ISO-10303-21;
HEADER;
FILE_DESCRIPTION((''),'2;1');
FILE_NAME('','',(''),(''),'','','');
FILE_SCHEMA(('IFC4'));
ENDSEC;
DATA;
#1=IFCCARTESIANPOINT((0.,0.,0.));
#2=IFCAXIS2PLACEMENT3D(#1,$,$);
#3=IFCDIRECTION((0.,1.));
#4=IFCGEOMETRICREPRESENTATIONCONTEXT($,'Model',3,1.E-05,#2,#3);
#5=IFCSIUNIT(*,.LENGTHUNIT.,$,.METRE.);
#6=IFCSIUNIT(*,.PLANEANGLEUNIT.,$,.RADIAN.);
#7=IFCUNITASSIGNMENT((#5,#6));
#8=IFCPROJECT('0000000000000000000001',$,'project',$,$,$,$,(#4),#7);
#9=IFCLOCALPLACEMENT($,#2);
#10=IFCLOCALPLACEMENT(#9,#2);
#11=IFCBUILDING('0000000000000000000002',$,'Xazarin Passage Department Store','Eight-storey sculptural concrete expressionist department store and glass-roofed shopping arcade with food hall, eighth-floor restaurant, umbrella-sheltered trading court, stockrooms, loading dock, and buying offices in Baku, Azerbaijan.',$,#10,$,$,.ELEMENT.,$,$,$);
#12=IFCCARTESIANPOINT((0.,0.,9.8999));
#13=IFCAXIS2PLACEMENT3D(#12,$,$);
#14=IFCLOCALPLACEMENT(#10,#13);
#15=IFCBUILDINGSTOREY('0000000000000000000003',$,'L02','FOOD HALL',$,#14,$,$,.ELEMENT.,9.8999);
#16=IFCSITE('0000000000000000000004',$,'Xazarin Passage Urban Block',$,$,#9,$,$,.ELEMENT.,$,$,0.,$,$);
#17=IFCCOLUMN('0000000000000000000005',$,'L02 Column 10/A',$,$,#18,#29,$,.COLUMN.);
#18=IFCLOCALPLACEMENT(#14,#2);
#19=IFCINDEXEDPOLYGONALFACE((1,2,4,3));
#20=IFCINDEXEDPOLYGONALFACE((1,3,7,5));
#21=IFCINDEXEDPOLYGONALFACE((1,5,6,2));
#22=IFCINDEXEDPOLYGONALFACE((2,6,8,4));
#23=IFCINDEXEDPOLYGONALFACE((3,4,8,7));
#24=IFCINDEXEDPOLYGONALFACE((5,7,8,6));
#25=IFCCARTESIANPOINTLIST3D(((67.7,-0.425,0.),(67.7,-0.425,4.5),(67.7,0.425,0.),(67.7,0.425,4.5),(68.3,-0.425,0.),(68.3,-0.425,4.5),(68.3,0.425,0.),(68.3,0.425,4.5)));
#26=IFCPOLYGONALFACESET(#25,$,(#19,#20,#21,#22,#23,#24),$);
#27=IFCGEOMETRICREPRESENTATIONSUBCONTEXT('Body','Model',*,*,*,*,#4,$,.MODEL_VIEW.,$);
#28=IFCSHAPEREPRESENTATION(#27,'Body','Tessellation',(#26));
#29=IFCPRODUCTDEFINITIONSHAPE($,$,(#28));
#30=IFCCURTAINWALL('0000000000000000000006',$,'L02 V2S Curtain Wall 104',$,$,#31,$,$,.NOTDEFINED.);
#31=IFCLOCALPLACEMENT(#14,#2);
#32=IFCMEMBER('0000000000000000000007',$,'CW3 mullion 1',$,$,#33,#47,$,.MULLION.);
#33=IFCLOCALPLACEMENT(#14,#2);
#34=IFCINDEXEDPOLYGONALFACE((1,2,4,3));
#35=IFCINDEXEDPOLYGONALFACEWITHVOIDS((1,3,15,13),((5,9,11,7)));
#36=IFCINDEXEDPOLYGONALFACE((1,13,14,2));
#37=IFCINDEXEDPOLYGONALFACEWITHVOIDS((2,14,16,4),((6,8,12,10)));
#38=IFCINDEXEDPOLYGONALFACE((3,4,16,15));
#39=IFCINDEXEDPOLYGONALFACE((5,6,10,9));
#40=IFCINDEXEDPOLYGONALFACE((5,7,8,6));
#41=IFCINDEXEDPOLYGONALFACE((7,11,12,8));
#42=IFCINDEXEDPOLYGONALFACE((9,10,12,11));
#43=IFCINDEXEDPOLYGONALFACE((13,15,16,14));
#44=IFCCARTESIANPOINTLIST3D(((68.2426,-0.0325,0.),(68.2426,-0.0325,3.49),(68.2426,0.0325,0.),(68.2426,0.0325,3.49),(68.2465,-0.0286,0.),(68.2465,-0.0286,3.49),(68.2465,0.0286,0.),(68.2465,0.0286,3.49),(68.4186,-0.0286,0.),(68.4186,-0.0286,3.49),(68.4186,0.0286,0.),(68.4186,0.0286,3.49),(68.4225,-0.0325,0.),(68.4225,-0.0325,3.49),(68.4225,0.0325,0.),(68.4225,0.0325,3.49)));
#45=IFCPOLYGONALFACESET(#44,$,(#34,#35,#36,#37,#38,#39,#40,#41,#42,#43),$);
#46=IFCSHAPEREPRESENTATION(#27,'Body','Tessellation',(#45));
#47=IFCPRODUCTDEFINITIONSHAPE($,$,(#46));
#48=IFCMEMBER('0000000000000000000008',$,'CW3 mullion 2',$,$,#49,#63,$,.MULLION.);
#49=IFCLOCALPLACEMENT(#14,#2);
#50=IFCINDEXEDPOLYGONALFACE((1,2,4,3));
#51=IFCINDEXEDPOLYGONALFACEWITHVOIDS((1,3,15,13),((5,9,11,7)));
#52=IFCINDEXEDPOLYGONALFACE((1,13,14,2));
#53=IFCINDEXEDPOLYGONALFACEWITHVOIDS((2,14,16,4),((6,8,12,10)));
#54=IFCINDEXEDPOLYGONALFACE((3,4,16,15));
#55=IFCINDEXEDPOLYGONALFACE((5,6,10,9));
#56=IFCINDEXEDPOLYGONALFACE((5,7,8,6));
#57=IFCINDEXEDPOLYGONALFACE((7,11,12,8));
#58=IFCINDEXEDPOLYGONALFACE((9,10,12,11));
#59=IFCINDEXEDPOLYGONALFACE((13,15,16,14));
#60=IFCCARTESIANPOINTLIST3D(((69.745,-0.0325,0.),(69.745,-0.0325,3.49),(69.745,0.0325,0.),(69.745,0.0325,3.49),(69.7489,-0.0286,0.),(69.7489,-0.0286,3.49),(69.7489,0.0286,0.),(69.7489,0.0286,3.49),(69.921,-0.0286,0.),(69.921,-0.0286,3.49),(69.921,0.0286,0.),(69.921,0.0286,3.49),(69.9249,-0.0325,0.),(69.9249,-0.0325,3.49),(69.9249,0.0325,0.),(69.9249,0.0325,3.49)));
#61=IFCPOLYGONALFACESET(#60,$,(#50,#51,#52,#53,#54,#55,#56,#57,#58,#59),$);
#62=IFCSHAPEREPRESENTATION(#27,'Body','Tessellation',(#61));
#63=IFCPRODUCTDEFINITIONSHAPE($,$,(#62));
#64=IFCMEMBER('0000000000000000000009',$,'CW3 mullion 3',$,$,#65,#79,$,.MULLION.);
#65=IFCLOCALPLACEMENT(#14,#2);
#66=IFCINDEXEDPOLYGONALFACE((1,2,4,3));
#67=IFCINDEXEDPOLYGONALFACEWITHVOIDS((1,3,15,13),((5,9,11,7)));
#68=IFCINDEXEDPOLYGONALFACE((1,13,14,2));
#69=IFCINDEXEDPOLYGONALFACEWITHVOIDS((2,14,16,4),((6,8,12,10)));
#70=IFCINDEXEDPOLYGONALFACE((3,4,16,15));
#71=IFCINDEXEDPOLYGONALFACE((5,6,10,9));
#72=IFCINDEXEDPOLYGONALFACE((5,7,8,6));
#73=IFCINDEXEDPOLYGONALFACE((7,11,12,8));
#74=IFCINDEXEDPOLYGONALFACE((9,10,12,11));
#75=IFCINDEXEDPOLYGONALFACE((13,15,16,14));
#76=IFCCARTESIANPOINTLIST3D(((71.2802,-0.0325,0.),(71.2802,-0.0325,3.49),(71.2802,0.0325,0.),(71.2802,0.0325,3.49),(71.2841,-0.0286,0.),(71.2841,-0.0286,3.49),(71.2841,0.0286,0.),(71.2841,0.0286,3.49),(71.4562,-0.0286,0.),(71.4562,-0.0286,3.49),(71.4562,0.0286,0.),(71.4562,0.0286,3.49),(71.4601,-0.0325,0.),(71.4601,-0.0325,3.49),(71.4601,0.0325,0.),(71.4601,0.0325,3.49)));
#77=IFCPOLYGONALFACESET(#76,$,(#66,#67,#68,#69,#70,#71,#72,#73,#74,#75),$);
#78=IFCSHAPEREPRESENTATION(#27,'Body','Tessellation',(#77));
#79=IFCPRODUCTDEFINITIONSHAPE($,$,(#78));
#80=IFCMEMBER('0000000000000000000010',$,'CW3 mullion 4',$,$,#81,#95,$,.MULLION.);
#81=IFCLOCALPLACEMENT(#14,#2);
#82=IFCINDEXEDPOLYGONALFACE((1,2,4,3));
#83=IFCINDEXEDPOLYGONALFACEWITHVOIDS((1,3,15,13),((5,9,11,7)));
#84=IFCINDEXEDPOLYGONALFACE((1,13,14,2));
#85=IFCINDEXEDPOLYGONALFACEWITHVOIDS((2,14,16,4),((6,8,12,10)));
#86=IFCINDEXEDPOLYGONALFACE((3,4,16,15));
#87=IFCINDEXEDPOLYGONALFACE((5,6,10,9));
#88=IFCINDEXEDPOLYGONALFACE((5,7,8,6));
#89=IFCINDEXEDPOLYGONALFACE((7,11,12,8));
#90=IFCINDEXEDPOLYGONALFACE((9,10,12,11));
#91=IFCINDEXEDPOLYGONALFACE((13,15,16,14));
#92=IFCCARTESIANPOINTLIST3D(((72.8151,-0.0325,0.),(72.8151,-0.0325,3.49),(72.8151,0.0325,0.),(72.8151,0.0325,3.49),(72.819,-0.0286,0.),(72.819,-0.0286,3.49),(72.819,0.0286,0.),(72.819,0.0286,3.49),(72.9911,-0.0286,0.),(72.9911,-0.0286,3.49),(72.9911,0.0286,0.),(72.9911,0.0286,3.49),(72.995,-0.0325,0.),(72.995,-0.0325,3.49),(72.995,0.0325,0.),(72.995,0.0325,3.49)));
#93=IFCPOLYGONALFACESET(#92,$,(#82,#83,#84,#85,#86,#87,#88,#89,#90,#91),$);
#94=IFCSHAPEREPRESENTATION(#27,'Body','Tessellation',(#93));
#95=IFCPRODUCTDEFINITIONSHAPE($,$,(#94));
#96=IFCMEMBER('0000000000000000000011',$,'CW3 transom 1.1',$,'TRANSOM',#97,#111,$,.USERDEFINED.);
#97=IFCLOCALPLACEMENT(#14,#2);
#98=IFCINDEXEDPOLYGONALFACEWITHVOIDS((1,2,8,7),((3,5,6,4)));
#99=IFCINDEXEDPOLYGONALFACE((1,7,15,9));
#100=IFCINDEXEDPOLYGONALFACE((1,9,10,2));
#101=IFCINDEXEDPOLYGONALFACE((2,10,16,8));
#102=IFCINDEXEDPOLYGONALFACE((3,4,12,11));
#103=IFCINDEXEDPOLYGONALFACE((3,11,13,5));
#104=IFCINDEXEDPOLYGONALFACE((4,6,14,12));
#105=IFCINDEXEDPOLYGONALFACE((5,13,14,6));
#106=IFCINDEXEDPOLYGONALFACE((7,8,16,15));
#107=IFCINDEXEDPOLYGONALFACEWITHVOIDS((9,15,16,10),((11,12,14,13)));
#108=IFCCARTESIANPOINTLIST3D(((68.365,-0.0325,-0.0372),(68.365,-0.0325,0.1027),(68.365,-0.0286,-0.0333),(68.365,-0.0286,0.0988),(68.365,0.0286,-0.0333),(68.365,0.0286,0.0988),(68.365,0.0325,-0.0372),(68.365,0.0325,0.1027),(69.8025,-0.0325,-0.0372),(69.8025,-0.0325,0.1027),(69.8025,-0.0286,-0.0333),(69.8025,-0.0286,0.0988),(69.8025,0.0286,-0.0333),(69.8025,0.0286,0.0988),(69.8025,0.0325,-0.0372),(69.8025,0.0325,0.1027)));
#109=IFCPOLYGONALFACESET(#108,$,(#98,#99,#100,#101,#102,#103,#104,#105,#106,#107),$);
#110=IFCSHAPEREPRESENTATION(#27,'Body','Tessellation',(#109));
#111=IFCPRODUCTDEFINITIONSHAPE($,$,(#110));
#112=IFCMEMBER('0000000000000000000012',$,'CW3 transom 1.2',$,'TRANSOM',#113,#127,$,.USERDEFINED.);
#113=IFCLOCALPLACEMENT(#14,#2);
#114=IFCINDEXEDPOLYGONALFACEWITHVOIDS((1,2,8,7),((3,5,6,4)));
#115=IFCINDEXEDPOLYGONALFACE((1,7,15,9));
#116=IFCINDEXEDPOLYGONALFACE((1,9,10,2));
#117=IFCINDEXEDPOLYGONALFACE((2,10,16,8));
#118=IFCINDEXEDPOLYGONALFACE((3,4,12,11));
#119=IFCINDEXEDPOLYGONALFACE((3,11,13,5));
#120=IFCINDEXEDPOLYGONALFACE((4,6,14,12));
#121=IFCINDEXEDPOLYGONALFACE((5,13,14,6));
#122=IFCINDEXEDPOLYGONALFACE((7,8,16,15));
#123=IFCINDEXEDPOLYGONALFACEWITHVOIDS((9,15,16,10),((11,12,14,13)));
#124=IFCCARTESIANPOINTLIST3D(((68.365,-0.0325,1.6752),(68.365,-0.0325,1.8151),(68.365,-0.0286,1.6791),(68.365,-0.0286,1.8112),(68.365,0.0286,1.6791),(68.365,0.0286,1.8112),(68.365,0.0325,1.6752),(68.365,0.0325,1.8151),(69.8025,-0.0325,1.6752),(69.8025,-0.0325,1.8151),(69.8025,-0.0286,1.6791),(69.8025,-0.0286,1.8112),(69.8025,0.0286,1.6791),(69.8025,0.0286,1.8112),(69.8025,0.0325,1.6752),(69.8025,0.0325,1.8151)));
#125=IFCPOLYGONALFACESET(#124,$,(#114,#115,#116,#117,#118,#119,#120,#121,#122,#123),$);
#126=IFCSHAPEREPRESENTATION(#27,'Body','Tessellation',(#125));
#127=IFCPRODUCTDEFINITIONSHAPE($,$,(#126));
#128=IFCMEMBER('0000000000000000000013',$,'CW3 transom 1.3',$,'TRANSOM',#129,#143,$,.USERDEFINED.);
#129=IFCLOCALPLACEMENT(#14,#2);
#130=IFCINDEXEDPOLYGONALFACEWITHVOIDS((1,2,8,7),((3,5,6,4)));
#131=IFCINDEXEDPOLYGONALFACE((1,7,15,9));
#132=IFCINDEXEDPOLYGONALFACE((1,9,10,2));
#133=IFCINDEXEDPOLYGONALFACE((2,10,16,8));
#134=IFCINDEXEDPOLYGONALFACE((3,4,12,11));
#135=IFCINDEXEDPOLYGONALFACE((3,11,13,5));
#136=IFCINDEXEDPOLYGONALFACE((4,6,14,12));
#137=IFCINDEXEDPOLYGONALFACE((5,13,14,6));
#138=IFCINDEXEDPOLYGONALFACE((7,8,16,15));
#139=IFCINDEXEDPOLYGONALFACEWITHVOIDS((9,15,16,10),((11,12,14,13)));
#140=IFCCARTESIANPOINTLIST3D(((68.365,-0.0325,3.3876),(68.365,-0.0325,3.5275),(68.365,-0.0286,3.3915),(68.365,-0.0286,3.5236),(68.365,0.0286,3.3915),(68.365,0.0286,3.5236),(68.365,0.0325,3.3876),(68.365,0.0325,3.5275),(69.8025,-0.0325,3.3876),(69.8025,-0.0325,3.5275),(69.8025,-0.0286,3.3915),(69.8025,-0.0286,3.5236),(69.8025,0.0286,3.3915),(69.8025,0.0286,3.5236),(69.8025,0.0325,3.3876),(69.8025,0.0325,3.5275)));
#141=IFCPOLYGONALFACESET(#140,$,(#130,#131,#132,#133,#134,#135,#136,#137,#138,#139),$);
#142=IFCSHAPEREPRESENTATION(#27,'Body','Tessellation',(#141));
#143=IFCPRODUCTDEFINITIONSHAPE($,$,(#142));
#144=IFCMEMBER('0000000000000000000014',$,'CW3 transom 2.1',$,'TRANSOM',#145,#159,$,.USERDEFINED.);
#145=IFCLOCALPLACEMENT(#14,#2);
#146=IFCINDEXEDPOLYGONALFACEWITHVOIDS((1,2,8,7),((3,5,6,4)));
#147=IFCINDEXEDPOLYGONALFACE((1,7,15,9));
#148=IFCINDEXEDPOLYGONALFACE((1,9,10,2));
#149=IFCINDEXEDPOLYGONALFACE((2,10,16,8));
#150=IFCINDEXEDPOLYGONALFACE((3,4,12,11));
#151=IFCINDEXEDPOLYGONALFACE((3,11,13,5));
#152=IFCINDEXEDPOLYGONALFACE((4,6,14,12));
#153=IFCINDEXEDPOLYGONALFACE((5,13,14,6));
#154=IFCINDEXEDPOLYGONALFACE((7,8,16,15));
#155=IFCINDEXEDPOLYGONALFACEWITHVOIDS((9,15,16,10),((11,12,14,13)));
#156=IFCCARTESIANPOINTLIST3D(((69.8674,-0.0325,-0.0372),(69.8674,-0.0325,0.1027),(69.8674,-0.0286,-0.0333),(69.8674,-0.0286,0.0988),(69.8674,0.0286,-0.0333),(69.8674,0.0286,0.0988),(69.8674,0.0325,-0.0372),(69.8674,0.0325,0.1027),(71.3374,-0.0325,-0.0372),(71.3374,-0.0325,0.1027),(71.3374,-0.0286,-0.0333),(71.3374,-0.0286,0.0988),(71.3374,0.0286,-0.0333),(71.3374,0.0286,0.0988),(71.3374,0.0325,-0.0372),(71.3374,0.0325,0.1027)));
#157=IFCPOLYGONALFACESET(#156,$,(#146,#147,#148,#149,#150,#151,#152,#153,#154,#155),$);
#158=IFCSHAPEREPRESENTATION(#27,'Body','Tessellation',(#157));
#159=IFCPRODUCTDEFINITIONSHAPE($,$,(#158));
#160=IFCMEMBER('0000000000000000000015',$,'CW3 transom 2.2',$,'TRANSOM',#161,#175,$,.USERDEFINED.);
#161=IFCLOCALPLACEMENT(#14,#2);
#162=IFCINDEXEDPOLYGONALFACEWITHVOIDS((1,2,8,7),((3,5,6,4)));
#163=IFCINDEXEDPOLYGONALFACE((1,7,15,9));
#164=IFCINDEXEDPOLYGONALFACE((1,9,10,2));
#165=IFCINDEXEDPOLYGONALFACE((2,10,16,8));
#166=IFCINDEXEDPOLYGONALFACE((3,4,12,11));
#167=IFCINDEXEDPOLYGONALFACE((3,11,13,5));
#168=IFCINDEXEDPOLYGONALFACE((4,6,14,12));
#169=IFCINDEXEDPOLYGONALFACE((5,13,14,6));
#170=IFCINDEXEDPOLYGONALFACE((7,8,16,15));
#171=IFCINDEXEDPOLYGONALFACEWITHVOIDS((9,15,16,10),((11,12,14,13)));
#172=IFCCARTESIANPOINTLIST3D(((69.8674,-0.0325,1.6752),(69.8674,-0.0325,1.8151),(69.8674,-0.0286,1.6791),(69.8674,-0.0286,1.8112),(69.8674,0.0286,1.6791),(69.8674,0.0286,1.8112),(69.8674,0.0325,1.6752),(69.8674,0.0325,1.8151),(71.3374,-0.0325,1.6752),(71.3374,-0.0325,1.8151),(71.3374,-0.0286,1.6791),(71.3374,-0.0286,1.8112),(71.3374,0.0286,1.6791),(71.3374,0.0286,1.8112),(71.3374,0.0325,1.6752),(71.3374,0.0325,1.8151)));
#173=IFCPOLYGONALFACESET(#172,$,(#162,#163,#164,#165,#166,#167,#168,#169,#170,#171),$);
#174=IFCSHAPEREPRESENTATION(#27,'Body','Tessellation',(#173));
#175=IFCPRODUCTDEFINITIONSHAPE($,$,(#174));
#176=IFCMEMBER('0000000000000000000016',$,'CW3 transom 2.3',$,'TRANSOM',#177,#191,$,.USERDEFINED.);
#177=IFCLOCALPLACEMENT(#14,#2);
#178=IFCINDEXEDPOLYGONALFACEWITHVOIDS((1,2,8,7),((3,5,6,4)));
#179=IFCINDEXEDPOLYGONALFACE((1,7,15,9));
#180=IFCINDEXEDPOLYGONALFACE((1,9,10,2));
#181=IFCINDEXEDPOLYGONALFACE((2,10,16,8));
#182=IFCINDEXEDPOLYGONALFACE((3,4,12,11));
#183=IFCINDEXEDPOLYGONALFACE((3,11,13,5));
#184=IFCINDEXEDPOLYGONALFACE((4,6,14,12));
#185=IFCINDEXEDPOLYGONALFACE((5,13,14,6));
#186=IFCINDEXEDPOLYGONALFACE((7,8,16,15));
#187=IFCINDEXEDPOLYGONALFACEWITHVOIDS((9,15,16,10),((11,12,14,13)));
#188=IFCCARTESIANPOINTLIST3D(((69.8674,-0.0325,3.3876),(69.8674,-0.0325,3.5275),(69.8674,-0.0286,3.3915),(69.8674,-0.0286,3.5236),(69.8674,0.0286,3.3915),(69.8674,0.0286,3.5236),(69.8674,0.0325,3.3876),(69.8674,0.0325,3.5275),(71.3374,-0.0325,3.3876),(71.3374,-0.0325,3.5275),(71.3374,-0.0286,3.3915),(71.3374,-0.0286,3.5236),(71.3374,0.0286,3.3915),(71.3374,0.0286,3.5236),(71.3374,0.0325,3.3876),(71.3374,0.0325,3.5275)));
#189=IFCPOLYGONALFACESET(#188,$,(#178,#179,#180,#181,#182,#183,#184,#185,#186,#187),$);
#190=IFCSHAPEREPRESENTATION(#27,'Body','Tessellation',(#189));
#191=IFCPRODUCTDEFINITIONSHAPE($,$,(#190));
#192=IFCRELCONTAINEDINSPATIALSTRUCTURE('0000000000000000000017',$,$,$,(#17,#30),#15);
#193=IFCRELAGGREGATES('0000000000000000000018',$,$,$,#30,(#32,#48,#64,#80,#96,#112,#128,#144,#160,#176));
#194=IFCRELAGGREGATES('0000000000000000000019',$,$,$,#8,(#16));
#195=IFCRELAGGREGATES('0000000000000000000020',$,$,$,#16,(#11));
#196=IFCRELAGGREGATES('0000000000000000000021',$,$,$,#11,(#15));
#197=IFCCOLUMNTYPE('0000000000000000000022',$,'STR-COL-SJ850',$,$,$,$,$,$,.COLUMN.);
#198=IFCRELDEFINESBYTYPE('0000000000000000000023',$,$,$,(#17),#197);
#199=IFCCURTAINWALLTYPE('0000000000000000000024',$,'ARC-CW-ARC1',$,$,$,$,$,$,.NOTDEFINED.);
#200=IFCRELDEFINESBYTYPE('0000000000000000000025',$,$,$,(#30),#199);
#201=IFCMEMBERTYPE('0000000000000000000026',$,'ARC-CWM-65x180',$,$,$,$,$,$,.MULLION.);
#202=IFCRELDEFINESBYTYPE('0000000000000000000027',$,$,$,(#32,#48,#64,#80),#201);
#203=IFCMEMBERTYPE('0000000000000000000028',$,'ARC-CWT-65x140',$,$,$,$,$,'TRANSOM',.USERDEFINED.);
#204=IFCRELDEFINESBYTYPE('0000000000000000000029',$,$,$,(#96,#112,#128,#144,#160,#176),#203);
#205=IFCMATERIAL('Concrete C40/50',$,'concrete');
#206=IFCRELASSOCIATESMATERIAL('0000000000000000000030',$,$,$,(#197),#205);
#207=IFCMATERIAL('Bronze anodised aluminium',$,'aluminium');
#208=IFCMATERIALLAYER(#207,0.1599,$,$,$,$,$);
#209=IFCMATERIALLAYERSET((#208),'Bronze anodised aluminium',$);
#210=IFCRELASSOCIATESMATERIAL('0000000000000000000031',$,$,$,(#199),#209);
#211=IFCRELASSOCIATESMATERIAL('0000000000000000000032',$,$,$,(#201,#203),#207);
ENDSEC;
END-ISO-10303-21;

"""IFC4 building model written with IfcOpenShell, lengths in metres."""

from ifc_helpers import new_model, si_unit, direction, frame, origin, origin_2d, place, context, subcontext, project, spatial, rectangle, hollow_rectangle, extrude, material, layer, layer_set, material_profile, profile_set, type_object, element, aggregate, save


model = new_model("IFC4")

# Units and contexts
model_context = context("Model", 3, precision=1e-05, world=origin(), true_north=direction((0.0, 1.0)))
body_context = subcontext(model_context, "Body", "Model", "MODEL_VIEW")
ifc_project = project(units=[si_unit("LENGTHUNIT", "METRE"), si_unit("PLANEANGLEUNIT", "RADIAN")], contexts=[model_context])

# Site, building, storey
site_placement = place(None, origin())
site = spatial("IfcSite", under=ifc_project, at=site_placement, Name="Xazarin Passage Urban Block", CompositionType="ELEMENT", RefElevation=0.0)
building_placement = place(site_placement, origin())
building = spatial("IfcBuilding", under=site, at=building_placement, Name="Xazarin Passage Department Store", Description="Eight-storey sculptural concrete expressionist department store and glass-roofed shopping arcade with food hall, eighth-floor restaurant, umbrella-sheltered trading court, stockrooms, loading dock, and buying offices in Baku, Azerbaijan.", CompositionType="ELEMENT")
storey_placement = place(building_placement, frame((0.0, 0.0, 9.8999)))
storey = spatial("IfcBuildingStorey", under=building, at=storey_placement, Name="L02", Description="FOOD HALL", CompositionType="ELEMENT", Elevation=9.8999)

# Column
ifc_material_1 = material(Name="Concrete C40/50", Category="concrete")
ifc_material_profile_1 = material_profile(ifc_material_1, rectangle(XDim=0.6001, YDim=0.8501, at=origin_2d()), Name="RC 600x850")
ifc_profile_set_1 = profile_set([ifc_material_profile_1], Name="Concrete C40/50")
column_type = type_object("IfcColumnType", Name="STR-COL-SJ850", PredefinedType="COLUMN", material=ifc_profile_set_1)
column_placement = place(storey_placement, frame((68.0, 0.0, 0.0), z_axis=(0.0, 0.0, 1.0), x_axis=(1.0, 0.0, 0.0)))
element("IfcColumn", 1, at=column_placement, inside=storey, type_object=column_type, Name="L02 Column 10/A", PredefinedType="COLUMN", context=body_context, shape_type="SweptSolid", body=[
    extrude(rectangle(XDim=0.6001, YDim=0.8501, at=origin_2d()), origin(), (0.0, 0.0, 1.0), 4.5),
])

# Curtain wall, members
ifc_material_2 = material(Name="Bronze anodised aluminium", Category="aluminium")
ifc_layer_1 = layer(ifc_material_2, 0.1599)
ifc_layer_set_1 = layer_set([ifc_layer_1], Name="Bronze anodised aluminium")
curtain_wall_type = type_object("IfcCurtainWallType", Name="ARC-CW-ARC1", PredefinedType="NOTDEFINED", material=ifc_layer_set_1)
curtain_wall_placement = place(storey_placement, origin())
curtain_wall = element("IfcCurtainWall", 2, at=curtain_wall_placement, inside=storey, type_object=curtain_wall_type, Name="L02 V2S Curtain Wall 104", PredefinedType="NOTDEFINED")
ifc_material_profile_2 = material_profile(ifc_material_2, hollow_rectangle(XDim=0.0649, YDim=0.1799, WallThickness=0.0039, at=origin_2d()), Name="ALU 65x180")
ifc_profile_set_2 = profile_set([ifc_material_profile_2], Name="Bronze anodised aluminium")
member_type_1 = type_object("IfcMemberType", Name="ARC-CWM-65x180", PredefinedType="MULLION", material=ifc_profile_set_2)
member_1_placement = place(storey_placement, frame((68.3325, 0.0, 0.0), z_axis=(0.0, 0.0, 1.0), x_axis=(0.0, 1.0, 0.0)))
member_1 = element("IfcMember", 3, at=member_1_placement, type_object=member_type_1, Name="CW3 mullion 1", PredefinedType="MULLION", context=body_context, shape_type="SweptSolid", body=[
    extrude(hollow_rectangle(XDim=0.0649, YDim=0.1799, WallThickness=0.0039, at=origin_2d()), origin(), (0.0, 0.0, 1.0), 3.49),
])
member_2_placement = place(storey_placement, frame((69.835, 0.0, 0.0), z_axis=(0.0, 0.0, 1.0), x_axis=(0.0, 1.0, 0.0)))
member_2 = element("IfcMember", 4, at=member_2_placement, type_object=member_type_1, Name="CW3 mullion 2", PredefinedType="MULLION", context=body_context, shape_type="SweptSolid", body=[
    extrude(hollow_rectangle(XDim=0.0649, YDim=0.1799, WallThickness=0.0039, at=origin_2d()), origin(), (0.0, 0.0, 1.0), 3.49),
])
member_3_placement = place(storey_placement, frame((71.3701, 0.0, 0.0), z_axis=(0.0, 0.0, 1.0), x_axis=(0.0, 1.0, 0.0)))
member_3 = element("IfcMember", 5, at=member_3_placement, type_object=member_type_1, Name="CW3 mullion 3", PredefinedType="MULLION", context=body_context, shape_type="SweptSolid", body=[
    extrude(hollow_rectangle(XDim=0.0649, YDim=0.1799, WallThickness=0.0039, at=origin_2d()), origin(), (0.0, 0.0, 1.0), 3.49),
])
member_4_placement = place(storey_placement, frame((72.905, 0.0, 0.0), z_axis=(0.0, 0.0, 1.0), x_axis=(0.0, 1.0, 0.0)))
member_4 = element("IfcMember", 6, at=member_4_placement, type_object=member_type_1, Name="CW3 mullion 4", PredefinedType="MULLION", context=body_context, shape_type="SweptSolid", body=[
    extrude(hollow_rectangle(XDim=0.0649, YDim=0.1799, WallThickness=0.0039, at=origin_2d()), origin(), (0.0, 0.0, 1.0), 3.49),
])
ifc_material_profile_3 = material_profile(ifc_material_2, hollow_rectangle(XDim=0.0649, YDim=0.1399, WallThickness=0.0039, at=origin_2d()), Name="ALU 65x140")
ifc_profile_set_3 = profile_set([ifc_material_profile_3], Name="Bronze anodised aluminium")
member_type_2 = type_object("IfcMemberType", Name="ARC-CWT-65x140", ElementType="TRANSOM", PredefinedType="USERDEFINED", material=ifc_profile_set_3)
member_5_placement = place(storey_placement, frame((68.365, 0.0, 0.0327), z_axis=(1.0, 0.0, 0.0), x_axis=(0.0, 1.0, 0.0)))
member_5 = element("IfcMember", 7, at=member_5_placement, type_object=member_type_2, Name="CW3 transom 1.1", ObjectType="TRANSOM", PredefinedType="USERDEFINED", context=body_context, shape_type="SweptSolid", body=[
    extrude(hollow_rectangle(XDim=0.0649, YDim=0.1399, WallThickness=0.0039, at=origin_2d()), origin(), (0.0, 0.0, 1.0), 1.4375),
])
member_6_placement = place(storey_placement, frame((68.365, 0.0, 1.7451), z_axis=(1.0, 0.0, 0.0), x_axis=(0.0, 1.0, 0.0)))
member_6 = element("IfcMember", 8, at=member_6_placement, type_object=member_type_2, Name="CW3 transom 1.2", ObjectType="TRANSOM", PredefinedType="USERDEFINED", context=body_context, shape_type="SweptSolid", body=[
    extrude(hollow_rectangle(XDim=0.0649, YDim=0.1399, WallThickness=0.0039, at=origin_2d()), origin(), (0.0, 0.0, 1.0), 1.4375),
])
member_7_placement = place(storey_placement, frame((68.365, 0.0, 3.4575), z_axis=(1.0, 0.0, 0.0), x_axis=(0.0, 1.0, 0.0)))
member_7 = element("IfcMember", 9, at=member_7_placement, type_object=member_type_2, Name="CW3 transom 1.3", ObjectType="TRANSOM", PredefinedType="USERDEFINED", context=body_context, shape_type="SweptSolid", body=[
    extrude(hollow_rectangle(XDim=0.0649, YDim=0.1399, WallThickness=0.0039, at=origin_2d()), origin(), (0.0, 0.0, 1.0), 1.4375),
])
member_8_placement = place(storey_placement, frame((69.8674, 0.0, 0.0327), z_axis=(1.0, 0.0, 0.0), x_axis=(0.0, 1.0, 0.0)))
member_8 = element("IfcMember", 10, at=member_8_placement, type_object=member_type_2, Name="CW3 transom 2.1", ObjectType="TRANSOM", PredefinedType="USERDEFINED", context=body_context, shape_type="SweptSolid", body=[
    extrude(hollow_rectangle(XDim=0.0649, YDim=0.1399, WallThickness=0.0039, at=origin_2d()), origin(), (0.0, 0.0, 1.0), 1.47),
])
member_9_placement = place(storey_placement, frame((69.8674, 0.0, 1.7451), z_axis=(1.0, 0.0, 0.0), x_axis=(0.0, 1.0, 0.0)))
member_9 = element("IfcMember", 11, at=member_9_placement, type_object=member_type_2, Name="CW3 transom 2.2", ObjectType="TRANSOM", PredefinedType="USERDEFINED", context=body_context, shape_type="SweptSolid", body=[
    extrude(hollow_rectangle(XDim=0.0649, YDim=0.1399, WallThickness=0.0039, at=origin_2d()), origin(), (0.0, 0.0, 1.0), 1.47),
])
member_10_placement = place(storey_placement, frame((69.8674, 0.0, 3.4575), z_axis=(1.0, 0.0, 0.0), x_axis=(0.0, 1.0, 0.0)))
member_10 = element("IfcMember", 12, at=member_10_placement, type_object=member_type_2, Name="CW3 transom 2.3", ObjectType="TRANSOM", PredefinedType="USERDEFINED", context=body_context, shape_type="SweptSolid", body=[
    extrude(hollow_rectangle(XDim=0.0649, YDim=0.1399, WallThickness=0.0039, at=origin_2d()), origin(), (0.0, 0.0, 1.0), 1.47),
])

aggregate(curtain_wall, [member_1, member_2, member_3, member_4, member_5, member_6, member_7, member_8, member_9, member_10])

save(model, "model.ifc")
